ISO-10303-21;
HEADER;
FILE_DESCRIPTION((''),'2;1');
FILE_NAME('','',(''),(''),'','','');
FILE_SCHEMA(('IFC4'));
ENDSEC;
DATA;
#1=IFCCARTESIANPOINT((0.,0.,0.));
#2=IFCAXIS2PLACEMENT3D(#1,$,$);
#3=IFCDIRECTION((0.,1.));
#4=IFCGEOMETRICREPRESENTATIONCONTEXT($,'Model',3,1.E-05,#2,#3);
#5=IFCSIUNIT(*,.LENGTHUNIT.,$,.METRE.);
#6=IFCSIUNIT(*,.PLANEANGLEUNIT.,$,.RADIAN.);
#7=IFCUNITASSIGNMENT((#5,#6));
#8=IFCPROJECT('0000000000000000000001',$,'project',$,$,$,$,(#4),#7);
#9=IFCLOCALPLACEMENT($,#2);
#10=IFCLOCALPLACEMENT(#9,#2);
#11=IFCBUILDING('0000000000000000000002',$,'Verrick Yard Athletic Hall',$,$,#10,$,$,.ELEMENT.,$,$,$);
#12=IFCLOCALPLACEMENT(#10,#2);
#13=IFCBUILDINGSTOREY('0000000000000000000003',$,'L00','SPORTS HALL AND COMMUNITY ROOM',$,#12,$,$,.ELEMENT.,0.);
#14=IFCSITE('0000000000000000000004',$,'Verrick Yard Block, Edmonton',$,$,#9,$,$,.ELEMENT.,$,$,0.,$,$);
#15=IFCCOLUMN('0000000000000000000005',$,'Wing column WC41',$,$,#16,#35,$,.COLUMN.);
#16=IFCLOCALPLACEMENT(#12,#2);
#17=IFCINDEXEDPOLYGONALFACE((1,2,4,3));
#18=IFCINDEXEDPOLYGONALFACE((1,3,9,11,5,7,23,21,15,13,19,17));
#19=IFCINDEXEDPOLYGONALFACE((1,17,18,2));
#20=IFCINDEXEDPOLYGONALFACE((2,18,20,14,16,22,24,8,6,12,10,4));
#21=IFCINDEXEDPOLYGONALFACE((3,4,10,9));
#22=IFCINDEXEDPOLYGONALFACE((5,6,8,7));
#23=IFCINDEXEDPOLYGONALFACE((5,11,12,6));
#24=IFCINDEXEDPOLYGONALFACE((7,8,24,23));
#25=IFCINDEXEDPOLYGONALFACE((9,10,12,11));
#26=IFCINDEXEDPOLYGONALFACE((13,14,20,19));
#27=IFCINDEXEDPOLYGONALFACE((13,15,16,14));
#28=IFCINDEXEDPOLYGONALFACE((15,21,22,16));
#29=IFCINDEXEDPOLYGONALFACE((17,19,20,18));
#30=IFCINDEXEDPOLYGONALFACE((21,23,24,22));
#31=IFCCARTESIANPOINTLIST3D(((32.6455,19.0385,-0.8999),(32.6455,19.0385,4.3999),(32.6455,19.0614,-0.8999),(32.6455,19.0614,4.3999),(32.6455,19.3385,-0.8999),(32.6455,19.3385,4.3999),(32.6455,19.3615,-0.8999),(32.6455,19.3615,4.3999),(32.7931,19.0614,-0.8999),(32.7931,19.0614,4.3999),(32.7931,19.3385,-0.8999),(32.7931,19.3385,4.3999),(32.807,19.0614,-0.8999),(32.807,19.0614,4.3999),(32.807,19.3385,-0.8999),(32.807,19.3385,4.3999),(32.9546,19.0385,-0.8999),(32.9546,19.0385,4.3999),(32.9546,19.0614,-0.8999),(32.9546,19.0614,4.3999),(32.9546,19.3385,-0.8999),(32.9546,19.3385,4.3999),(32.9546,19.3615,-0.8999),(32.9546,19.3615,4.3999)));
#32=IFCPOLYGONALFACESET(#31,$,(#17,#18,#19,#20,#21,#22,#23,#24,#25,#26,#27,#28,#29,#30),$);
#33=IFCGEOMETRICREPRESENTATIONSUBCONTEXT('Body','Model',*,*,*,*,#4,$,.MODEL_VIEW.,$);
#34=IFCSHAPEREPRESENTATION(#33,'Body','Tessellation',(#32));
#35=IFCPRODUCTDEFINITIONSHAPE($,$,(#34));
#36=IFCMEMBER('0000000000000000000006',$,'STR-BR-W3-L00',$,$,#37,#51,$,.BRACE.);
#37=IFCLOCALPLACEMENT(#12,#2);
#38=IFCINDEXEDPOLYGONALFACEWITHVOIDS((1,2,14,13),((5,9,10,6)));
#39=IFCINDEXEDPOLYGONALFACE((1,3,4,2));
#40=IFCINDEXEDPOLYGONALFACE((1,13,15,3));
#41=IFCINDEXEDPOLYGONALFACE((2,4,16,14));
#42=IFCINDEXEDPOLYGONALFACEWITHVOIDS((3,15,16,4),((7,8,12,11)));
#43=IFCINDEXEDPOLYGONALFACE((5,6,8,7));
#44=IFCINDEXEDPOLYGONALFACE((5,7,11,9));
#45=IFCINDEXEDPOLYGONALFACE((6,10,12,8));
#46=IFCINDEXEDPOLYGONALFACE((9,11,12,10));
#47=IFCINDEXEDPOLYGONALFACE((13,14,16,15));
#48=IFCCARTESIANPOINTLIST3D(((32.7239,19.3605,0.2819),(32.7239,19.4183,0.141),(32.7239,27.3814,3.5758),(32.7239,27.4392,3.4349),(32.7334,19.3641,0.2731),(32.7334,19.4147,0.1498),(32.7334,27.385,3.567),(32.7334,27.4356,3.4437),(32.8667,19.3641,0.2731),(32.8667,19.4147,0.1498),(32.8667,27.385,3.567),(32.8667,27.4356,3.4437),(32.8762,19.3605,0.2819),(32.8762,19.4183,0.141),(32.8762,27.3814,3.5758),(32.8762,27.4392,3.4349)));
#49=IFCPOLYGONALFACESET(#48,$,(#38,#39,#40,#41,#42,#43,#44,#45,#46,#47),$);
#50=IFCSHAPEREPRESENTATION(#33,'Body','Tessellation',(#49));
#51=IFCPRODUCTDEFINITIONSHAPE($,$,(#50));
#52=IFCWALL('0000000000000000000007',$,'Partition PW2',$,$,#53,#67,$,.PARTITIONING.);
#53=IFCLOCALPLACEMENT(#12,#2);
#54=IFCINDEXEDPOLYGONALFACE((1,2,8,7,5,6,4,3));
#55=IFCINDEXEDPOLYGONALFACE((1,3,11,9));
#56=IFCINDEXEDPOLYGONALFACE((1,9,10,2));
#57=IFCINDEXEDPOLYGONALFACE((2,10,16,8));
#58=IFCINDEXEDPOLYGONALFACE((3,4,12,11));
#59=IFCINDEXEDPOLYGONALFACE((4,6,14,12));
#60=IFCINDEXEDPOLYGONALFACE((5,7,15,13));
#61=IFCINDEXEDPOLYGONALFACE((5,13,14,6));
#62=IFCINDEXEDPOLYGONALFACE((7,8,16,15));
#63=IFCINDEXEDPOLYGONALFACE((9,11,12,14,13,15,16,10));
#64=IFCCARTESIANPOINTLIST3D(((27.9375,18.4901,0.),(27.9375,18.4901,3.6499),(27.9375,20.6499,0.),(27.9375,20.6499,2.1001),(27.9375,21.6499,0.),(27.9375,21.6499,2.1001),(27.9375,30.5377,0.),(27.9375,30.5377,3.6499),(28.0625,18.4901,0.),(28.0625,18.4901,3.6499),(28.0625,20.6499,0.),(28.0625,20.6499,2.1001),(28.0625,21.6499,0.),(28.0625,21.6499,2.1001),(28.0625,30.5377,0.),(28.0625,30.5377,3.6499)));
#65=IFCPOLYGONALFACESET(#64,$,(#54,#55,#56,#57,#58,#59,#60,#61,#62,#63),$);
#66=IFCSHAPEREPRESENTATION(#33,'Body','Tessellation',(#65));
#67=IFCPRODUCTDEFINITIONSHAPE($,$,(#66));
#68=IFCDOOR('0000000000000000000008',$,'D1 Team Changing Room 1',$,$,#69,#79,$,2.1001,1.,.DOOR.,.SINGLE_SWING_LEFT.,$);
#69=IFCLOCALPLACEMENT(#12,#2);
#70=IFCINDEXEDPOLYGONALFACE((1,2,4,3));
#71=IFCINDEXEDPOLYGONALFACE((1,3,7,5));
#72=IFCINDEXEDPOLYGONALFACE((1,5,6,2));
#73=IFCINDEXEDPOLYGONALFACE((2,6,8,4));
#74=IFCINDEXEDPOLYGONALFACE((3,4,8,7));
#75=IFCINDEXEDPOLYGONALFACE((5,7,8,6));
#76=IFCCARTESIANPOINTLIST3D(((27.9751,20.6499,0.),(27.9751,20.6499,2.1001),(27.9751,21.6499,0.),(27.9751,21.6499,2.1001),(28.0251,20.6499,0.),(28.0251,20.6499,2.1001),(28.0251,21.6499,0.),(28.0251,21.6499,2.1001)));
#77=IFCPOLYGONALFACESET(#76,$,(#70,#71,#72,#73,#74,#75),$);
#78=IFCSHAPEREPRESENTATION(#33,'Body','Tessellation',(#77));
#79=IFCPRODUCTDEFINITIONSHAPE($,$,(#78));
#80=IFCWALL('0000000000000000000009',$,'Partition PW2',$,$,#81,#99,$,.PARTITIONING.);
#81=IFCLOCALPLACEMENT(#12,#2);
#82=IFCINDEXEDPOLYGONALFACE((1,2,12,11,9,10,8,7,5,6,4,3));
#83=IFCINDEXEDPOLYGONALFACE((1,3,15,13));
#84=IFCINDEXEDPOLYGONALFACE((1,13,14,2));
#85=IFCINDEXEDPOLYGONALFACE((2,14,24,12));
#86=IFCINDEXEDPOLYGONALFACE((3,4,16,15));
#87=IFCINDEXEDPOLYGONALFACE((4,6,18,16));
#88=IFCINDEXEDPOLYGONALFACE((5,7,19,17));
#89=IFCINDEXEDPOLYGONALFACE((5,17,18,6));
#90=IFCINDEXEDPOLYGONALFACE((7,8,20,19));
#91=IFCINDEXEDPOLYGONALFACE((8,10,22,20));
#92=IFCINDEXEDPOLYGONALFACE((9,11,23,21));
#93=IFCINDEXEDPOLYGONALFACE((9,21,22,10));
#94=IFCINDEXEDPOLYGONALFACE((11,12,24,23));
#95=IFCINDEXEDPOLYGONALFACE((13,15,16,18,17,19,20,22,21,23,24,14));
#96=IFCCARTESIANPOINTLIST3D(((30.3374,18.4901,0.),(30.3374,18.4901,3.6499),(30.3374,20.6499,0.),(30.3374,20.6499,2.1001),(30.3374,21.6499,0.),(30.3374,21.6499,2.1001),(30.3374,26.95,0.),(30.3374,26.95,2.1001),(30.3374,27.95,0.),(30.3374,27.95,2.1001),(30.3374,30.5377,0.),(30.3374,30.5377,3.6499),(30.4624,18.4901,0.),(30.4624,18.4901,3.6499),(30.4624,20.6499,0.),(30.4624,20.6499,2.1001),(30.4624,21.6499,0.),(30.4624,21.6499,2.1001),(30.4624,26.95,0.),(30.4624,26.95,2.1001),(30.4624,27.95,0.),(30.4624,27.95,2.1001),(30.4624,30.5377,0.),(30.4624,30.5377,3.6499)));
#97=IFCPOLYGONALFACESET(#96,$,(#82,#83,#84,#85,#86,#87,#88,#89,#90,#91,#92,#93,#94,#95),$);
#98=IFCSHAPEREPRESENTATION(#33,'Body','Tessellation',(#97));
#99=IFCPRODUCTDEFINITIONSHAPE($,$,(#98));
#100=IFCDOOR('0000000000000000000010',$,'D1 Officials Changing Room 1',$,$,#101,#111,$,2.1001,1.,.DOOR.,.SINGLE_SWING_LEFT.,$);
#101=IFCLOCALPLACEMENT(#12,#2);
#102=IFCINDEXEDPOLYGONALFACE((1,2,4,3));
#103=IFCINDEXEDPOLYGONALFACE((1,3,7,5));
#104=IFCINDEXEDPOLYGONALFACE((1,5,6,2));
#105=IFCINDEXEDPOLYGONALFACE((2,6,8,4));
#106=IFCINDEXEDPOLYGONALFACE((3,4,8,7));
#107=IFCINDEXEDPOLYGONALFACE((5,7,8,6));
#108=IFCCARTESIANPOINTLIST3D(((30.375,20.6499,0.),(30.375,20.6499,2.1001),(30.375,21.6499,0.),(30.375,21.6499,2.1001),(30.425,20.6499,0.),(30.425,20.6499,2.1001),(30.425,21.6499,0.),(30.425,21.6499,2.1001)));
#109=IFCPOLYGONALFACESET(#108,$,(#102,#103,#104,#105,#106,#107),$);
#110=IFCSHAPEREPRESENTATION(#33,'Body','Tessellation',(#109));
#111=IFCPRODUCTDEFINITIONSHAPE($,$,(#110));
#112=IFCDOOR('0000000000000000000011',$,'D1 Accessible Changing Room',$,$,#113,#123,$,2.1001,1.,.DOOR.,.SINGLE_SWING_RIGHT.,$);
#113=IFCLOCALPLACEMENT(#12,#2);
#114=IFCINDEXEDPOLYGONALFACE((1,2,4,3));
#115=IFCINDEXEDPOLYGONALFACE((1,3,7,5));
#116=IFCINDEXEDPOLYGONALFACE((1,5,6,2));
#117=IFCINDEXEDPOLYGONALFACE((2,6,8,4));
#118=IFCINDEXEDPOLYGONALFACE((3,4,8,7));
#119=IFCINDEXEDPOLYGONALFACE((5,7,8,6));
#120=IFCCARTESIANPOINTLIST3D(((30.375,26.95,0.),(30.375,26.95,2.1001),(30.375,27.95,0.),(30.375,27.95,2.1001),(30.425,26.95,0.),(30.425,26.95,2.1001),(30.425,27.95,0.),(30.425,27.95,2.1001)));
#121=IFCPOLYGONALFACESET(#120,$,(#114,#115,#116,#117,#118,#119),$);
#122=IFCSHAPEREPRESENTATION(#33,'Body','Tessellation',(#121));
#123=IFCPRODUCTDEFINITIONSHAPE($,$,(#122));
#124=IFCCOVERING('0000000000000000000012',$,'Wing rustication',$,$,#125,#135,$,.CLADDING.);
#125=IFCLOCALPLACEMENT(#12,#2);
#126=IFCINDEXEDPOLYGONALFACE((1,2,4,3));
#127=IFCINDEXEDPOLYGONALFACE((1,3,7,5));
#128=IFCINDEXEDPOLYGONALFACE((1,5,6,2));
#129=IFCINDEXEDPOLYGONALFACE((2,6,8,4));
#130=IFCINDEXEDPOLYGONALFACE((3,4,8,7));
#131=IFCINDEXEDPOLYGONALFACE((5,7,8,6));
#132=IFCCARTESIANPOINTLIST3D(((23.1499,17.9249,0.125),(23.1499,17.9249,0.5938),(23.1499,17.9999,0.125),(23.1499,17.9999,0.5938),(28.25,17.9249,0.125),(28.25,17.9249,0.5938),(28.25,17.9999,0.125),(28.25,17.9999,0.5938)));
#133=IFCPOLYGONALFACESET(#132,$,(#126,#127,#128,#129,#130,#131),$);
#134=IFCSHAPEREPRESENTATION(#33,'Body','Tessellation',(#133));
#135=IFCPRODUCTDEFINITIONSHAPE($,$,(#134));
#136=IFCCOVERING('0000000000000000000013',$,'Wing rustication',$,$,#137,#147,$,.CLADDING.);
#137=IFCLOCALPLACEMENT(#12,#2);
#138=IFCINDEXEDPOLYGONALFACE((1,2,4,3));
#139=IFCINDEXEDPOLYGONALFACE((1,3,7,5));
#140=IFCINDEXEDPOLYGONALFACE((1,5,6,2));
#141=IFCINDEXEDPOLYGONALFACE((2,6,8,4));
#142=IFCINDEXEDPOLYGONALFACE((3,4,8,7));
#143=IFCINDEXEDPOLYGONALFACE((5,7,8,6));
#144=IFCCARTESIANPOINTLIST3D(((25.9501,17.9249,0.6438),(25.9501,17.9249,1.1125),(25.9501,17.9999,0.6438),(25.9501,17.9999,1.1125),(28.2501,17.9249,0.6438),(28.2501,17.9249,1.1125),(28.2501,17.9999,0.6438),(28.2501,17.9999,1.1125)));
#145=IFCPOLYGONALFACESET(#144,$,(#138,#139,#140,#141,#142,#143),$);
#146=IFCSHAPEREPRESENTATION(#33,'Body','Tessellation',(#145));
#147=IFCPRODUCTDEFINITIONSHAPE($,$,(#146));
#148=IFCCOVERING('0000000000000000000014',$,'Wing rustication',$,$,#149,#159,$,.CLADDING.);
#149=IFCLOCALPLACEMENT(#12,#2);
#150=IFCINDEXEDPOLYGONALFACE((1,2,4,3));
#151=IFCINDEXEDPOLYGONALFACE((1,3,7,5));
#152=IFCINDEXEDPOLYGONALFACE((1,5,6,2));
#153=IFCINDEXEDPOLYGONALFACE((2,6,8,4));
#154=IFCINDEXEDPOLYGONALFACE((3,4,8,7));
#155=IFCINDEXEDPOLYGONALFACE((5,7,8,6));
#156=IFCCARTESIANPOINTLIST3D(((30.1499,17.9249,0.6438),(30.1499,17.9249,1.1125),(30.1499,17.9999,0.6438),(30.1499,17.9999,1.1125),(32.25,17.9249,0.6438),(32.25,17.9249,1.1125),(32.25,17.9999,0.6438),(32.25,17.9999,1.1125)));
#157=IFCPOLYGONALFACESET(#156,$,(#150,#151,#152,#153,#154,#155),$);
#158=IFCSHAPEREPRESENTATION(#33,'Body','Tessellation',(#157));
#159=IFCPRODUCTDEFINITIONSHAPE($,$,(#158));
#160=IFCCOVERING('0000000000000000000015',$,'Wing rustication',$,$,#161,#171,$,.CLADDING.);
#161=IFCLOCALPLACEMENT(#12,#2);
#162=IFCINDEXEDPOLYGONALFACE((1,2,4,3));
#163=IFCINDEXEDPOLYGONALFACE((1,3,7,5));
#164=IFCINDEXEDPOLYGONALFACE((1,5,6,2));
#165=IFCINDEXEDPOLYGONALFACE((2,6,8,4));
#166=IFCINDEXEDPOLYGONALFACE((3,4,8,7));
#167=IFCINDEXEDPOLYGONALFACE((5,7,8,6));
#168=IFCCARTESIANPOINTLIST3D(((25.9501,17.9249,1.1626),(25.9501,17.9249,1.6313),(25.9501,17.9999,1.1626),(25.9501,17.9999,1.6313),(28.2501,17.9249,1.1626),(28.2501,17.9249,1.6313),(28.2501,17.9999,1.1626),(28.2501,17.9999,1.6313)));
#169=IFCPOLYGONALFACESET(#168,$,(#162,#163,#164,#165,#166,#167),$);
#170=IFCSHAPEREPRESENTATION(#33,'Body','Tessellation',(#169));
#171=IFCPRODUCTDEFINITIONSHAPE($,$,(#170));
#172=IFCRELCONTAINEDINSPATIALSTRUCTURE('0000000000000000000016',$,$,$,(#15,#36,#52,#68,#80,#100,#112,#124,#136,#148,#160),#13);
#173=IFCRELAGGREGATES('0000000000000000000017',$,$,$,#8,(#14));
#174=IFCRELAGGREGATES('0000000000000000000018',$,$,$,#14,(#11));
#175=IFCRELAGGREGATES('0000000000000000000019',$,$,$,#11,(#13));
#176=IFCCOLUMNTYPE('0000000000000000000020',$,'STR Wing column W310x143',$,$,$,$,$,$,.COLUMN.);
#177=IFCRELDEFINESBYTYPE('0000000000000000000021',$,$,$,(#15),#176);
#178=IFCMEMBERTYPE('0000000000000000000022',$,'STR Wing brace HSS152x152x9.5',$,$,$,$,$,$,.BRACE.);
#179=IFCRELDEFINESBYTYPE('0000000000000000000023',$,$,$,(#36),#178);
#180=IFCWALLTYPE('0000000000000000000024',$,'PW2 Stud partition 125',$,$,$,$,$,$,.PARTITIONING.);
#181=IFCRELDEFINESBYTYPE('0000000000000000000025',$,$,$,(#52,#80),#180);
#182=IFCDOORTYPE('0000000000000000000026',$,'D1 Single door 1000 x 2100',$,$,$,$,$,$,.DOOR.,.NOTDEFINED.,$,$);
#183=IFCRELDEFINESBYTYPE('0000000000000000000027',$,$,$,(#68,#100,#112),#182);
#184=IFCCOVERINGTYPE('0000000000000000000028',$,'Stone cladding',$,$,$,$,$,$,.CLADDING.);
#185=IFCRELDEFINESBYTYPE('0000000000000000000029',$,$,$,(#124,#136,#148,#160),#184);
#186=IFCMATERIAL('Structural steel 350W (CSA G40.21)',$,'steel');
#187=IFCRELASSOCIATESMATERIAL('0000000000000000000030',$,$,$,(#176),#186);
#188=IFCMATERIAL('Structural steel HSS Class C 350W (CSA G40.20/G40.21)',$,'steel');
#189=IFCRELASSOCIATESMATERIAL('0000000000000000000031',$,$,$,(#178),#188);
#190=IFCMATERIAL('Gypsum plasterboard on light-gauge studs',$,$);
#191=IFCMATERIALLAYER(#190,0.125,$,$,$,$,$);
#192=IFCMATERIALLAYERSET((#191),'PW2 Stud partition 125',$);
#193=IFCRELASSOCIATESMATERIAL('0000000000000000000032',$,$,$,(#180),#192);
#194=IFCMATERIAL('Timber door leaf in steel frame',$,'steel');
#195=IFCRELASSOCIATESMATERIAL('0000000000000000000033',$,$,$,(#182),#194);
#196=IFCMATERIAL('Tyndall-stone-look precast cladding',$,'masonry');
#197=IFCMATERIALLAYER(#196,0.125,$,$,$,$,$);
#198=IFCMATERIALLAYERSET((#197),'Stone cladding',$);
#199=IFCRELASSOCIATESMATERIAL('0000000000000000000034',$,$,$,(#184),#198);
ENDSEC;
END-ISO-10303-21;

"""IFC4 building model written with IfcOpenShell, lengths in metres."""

from ifc_helpers import new_model, si_unit, direction, frame, frame_2d, origin, origin_2d, place, context, subcontext, project, spatial, rectangle, hollow_rectangle, i_section, extrude, material, layer, layer_set, material_profile, profile_set, type_object, element, fill, save


model = new_model("IFC4")

# Units and contexts
model_context = context("Model", 3, precision=1e-05, world=origin(), true_north=direction((0.0, 1.0)))
body_context = subcontext(model_context, "Body", "Model", "MODEL_VIEW")
ifc_project = project(units=[si_unit("LENGTHUNIT", "METRE"), si_unit("PLANEANGLEUNIT", "RADIAN")], contexts=[model_context])

# Site, building, storey
site_placement = place(None, origin())
site = spatial("IfcSite", under=ifc_project, at=site_placement, Name="Verrick Yard Block, Edmonton", CompositionType="ELEMENT", RefElevation=0.0)
building_placement = place(site_placement, origin())
building = spatial("IfcBuilding", under=site, at=building_placement, Name="Verrick Yard Athletic Hall", CompositionType="ELEMENT")
storey_placement = place(building_placement, origin())
storey = spatial("IfcBuildingStorey", under=building, at=storey_placement, Name="L00", Description="SPORTS HALL AND COMMUNITY ROOM", CompositionType="ELEMENT", Elevation=0.0)

# Column
ifc_material_1 = material(Name="Structural steel 350W (CSA G40.21)", Category="steel")
ifc_material_profile_1 = material_profile(ifc_material_1, i_section(OverallWidth=0.3091, OverallDepth=0.323, WebThickness=0.0139, FlangeThickness=0.0229, at=origin_2d()), Name="W310x143")
ifc_profile_set_1 = profile_set([ifc_material_profile_1], Name="Structural steel 350W (CSA G40.21)")
column_type = type_object("IfcColumnType", Name="STR Wing column W310x143", PredefinedType="COLUMN", material=ifc_profile_set_1)
for number, where, z_axis, x_axis, name in (
    (1, (32.8, 19.2, -0.8999), (0.0, 0.0, 1.0), (1.0, 0.0, 0.0), "Wing column WC41"),
):
    element("IfcColumn", number, at=place(storey_placement, frame(where, z_axis=z_axis, x_axis=x_axis)), inside=storey, type_object=column_type, Name=name, PredefinedType="COLUMN", context=body_context, shape_type="SweptSolid", body=[
        extrude(i_section(OverallWidth=0.3091, OverallDepth=0.323, WebThickness=0.0139, FlangeThickness=0.0229, at=origin_2d()), origin(), (0.0, 0.0, 1.0), 5.2998),
    ])

# Member
ifc_material_2 = material(Name="Structural steel HSS Class C 350W (CSA G40.20/G40.21)", Category="steel")
ifc_material_profile_2 = material_profile(ifc_material_2, hollow_rectangle(XDim=0.1523, YDim=0.1523, WallThickness=0.0095, at=origin_2d()), Name="HSS152x152x9.5")
ifc_profile_set_2 = profile_set([ifc_material_profile_2], Name="Structural steel HSS Class C 350W (CSA G40.20/G40.21)")
member_type = type_object("IfcMemberType", Name="STR Wing brace HSS152x152x9.5", PredefinedType="BRACE", material=ifc_profile_set_2)
member_placement = place(storey_placement, frame((32.8, 19.3894, 0.2114), z_axis=(0.0, 0.925036, 0.37988), x_axis=(-1.0, 0.0, 0.0)))
element("IfcMember", 2, at=member_placement, inside=storey, type_object=member_type, Name="STR-BR-W3-L00", PredefinedType="BRACE", context=body_context, shape_type="SweptSolid", body=[
    extrude(hollow_rectangle(XDim=0.1523, YDim=0.1523, WallThickness=0.0095, at=origin_2d()), origin(), (0.0, 0.0, 1.0), 8.6709),
])

# Wall, opening, door
ifc_material_3 = material(Name="Gypsum plasterboard on light-gauge studs")
ifc_layer_1 = layer(ifc_material_3, 0.125)
ifc_layer_set_1 = layer_set([ifc_layer_1], Name="PW2 Stud partition 125")
wall_type = type_object("IfcWallType", Name="PW2 Stud partition 125", PredefinedType="PARTITIONING", material=ifc_layer_set_1)
wall_1_placement = place(storey_placement, frame((28.0, 18.49, 0.0), z_axis=(0.0, 0.0, 1.0), x_axis=(0.0, 1.0, 0.0)))
wall_1 = element("IfcWall", 3, at=wall_1_placement, inside=storey, type_object=wall_type, Name="Partition PW2", PredefinedType="PARTITIONING", context=body_context, shape_type="SweptSolid", body=[
    extrude(rectangle(XDim=12.0476, YDim=0.125, at=frame_2d((6.0239, 0.0))), origin(), (0.0, 0.0, 1.0), 3.6499),
])
opening_1_placement = place(wall_1_placement, frame((2.1599, 0.0, 0.0)))
opening_1 = element("IfcOpeningElement", 4, at=opening_1_placement, cuts=wall_1, PredefinedType="OPENING", context=body_context, shape_type="SweptSolid", body=[
    extrude(rectangle(XDim=1.0, YDim=2.1001, at=frame_2d((0.5, 1.05))), frame((0.0, 0.0725, 0.0), z_axis=(0.0, -1.0, 0.0), x_axis=(1.0, 0.0, 0.0)), (0.0, 0.0, 1.0), 0.145),
])
ifc_material_4 = material(Name="Timber door leaf in steel frame", Category="steel")
door_type = type_object("IfcDoorType", Name="D1 Single door 1000 x 2100", OperationType="NOTDEFINED", PredefinedType="DOOR", material=ifc_material_4)
door_1_placement = place(opening_1_placement, origin())
door_1 = element("IfcDoor", 5, at=door_1_placement, inside=storey, type_object=door_type, Name="D1 Team Changing Room 1", OperationType="SINGLE_SWING_LEFT", OverallHeight=2.1001, OverallWidth=1.0, PredefinedType="DOOR", context=body_context, shape_type="SweptSolid", body=[
    extrude(rectangle(XDim=1.0, YDim=2.1001, at=frame_2d((0.5, 1.05))), frame((0.0, 0.0249, 0.0), z_axis=(0.0, -1.0, 0.0), x_axis=(1.0, 0.0, 0.0)), (0.0, 0.0, 1.0), 0.05),
])
fill(opening_1, door_1)

# Wall, openings, doors
wall_2_placement = place(storey_placement, frame((30.3999, 18.49, 0.0), z_axis=(0.0, 0.0, 1.0), x_axis=(0.0, 1.0, 0.0)))
wall_2 = element("IfcWall", 6, at=wall_2_placement, inside=storey, type_object=wall_type, Name="Partition PW2", PredefinedType="PARTITIONING", context=body_context, shape_type="SweptSolid", body=[
    extrude(rectangle(XDim=12.0476, YDim=0.125, at=frame_2d((6.0239, 0.0))), origin(), (0.0, 0.0, 1.0), 3.6499),
])
opening_2_placement = place(wall_2_placement, frame((2.1599, 0.0, 0.0)))
opening_2 = element("IfcOpeningElement", 7, at=opening_2_placement, cuts=wall_2, PredefinedType="OPENING", context=body_context, shape_type="SweptSolid", body=[
    extrude(rectangle(XDim=1.0, YDim=2.1001, at=frame_2d((0.5, 1.05))), frame((0.0, 0.0725, 0.0), z_axis=(0.0, -1.0, 0.0), x_axis=(1.0, 0.0, 0.0)), (0.0, 0.0, 1.0), 0.145),
])
opening_3_placement = place(wall_2_placement, frame((8.46, 0.0, 0.0)))
opening_3 = element("IfcOpeningElement", 8, at=opening_3_placement, cuts=wall_2, PredefinedType="OPENING", context=body_context, shape_type="SweptSolid", body=[
    extrude(rectangle(XDim=1.0, YDim=2.1001, at=frame_2d((0.5, 1.05))), frame((0.0, 0.0725, 0.0), z_axis=(0.0, -1.0, 0.0), x_axis=(1.0, 0.0, 0.0)), (0.0, 0.0, 1.0), 0.145),
])
door_2_placement = place(opening_2_placement, origin())
door_2 = element("IfcDoor", 9, at=door_2_placement, inside=storey, type_object=door_type, Name="D1 Officials Changing Room 1", OperationType="SINGLE_SWING_LEFT", OverallHeight=2.1001, OverallWidth=1.0, PredefinedType="DOOR", context=body_context, shape_type="SweptSolid", body=[
    extrude(rectangle(XDim=1.0, YDim=2.1001, at=frame_2d((0.5, 1.05))), frame((0.0, 0.0249, 0.0), z_axis=(0.0, -1.0, 0.0), x_axis=(1.0, 0.0, 0.0)), (0.0, 0.0, 1.0), 0.05),
])
fill(opening_2, door_2)
door_3_placement = place(opening_3_placement, origin())
door_3 = element("IfcDoor", 10, at=door_3_placement, inside=storey, type_object=door_type, Name="D1 Accessible Changing Room", OperationType="SINGLE_SWING_RIGHT", OverallHeight=2.1001, OverallWidth=1.0, PredefinedType="DOOR", context=body_context, shape_type="SweptSolid", body=[
    extrude(rectangle(XDim=1.0, YDim=2.1001, at=frame_2d((0.5, 1.05))), frame((0.0, 0.0249, 0.0), z_axis=(0.0, -1.0, 0.0), x_axis=(1.0, 0.0, 0.0)), (0.0, 0.0, 1.0), 0.05),
])
fill(opening_3, door_3)

# Coverings
ifc_material_5 = material(Name="Tyndall-stone-look precast cladding", Category="masonry")
ifc_layer_2 = layer(ifc_material_5, 0.125)
ifc_layer_set_2 = layer_set([ifc_layer_2], Name="Stone cladding")
covering_type_1 = type_object("IfcCoveringType", Name="Stone cladding", PredefinedType="CLADDING", material=ifc_layer_set_2)
covering_1_placement = place(storey_placement, frame((25.7, 17.9624, 0.125), z_axis=(0.0, 0.0, 1.0), x_axis=(1.0, 0.0, 0.0)))
element("IfcCovering", 11, at=covering_1_placement, inside=storey, type_object=covering_type_1, Name="Wing rustication", PredefinedType="CLADDING", context=body_context, shape_type="SweptSolid", body=[
    extrude(rectangle(XDim=5.1001, YDim=0.075, at=origin_2d()), origin(), (0.0, 0.0, 1.0), 0.4688),
])
covering_2_placement = place(storey_placement, frame((27.1001, 17.9624, 0.6438), z_axis=(0.0, 0.0, 1.0), x_axis=(1.0, 0.0, 0.0)))
element("IfcCovering", 12, at=covering_2_placement, inside=storey, type_object=covering_type_1, Name="Wing rustication", PredefinedType="CLADDING", context=body_context, shape_type="SweptSolid", body=[
    extrude(rectangle(XDim=2.3, YDim=0.075, at=origin_2d()), origin(), (0.0, 0.0, 1.0), 0.4688),
])
covering_3_placement = place(storey_placement, frame((31.2, 17.9624, 0.6438), z_axis=(0.0, 0.0, 1.0), x_axis=(1.0, 0.0, 0.0)))
element("IfcCovering", 13, at=covering_3_placement, inside=storey, type_object=covering_type_1, Name="Wing rustication", PredefinedType="CLADDING", context=body_context, shape_type="SweptSolid", body=[
    extrude(rectangle(XDim=2.1001, YDim=0.075, at=origin_2d()), origin(), (0.0, 0.0, 1.0), 0.4688),
])
covering_4_placement = place(storey_placement, frame((27.1001, 17.9624, 1.1626), z_axis=(0.0, 0.0, 1.0), x_axis=(1.0, 0.0, 0.0)))
element("IfcCovering", 14, at=covering_4_placement, inside=storey, type_object=covering_type_1, Name="Wing rustication", PredefinedType="CLADDING", context=body_context, shape_type="SweptSolid", body=[
    extrude(rectangle(XDim=2.3, YDim=0.075, at=origin_2d()), origin(), (0.0, 0.0, 1.0), 0.4688),
])

save(model, "model.ifc")
